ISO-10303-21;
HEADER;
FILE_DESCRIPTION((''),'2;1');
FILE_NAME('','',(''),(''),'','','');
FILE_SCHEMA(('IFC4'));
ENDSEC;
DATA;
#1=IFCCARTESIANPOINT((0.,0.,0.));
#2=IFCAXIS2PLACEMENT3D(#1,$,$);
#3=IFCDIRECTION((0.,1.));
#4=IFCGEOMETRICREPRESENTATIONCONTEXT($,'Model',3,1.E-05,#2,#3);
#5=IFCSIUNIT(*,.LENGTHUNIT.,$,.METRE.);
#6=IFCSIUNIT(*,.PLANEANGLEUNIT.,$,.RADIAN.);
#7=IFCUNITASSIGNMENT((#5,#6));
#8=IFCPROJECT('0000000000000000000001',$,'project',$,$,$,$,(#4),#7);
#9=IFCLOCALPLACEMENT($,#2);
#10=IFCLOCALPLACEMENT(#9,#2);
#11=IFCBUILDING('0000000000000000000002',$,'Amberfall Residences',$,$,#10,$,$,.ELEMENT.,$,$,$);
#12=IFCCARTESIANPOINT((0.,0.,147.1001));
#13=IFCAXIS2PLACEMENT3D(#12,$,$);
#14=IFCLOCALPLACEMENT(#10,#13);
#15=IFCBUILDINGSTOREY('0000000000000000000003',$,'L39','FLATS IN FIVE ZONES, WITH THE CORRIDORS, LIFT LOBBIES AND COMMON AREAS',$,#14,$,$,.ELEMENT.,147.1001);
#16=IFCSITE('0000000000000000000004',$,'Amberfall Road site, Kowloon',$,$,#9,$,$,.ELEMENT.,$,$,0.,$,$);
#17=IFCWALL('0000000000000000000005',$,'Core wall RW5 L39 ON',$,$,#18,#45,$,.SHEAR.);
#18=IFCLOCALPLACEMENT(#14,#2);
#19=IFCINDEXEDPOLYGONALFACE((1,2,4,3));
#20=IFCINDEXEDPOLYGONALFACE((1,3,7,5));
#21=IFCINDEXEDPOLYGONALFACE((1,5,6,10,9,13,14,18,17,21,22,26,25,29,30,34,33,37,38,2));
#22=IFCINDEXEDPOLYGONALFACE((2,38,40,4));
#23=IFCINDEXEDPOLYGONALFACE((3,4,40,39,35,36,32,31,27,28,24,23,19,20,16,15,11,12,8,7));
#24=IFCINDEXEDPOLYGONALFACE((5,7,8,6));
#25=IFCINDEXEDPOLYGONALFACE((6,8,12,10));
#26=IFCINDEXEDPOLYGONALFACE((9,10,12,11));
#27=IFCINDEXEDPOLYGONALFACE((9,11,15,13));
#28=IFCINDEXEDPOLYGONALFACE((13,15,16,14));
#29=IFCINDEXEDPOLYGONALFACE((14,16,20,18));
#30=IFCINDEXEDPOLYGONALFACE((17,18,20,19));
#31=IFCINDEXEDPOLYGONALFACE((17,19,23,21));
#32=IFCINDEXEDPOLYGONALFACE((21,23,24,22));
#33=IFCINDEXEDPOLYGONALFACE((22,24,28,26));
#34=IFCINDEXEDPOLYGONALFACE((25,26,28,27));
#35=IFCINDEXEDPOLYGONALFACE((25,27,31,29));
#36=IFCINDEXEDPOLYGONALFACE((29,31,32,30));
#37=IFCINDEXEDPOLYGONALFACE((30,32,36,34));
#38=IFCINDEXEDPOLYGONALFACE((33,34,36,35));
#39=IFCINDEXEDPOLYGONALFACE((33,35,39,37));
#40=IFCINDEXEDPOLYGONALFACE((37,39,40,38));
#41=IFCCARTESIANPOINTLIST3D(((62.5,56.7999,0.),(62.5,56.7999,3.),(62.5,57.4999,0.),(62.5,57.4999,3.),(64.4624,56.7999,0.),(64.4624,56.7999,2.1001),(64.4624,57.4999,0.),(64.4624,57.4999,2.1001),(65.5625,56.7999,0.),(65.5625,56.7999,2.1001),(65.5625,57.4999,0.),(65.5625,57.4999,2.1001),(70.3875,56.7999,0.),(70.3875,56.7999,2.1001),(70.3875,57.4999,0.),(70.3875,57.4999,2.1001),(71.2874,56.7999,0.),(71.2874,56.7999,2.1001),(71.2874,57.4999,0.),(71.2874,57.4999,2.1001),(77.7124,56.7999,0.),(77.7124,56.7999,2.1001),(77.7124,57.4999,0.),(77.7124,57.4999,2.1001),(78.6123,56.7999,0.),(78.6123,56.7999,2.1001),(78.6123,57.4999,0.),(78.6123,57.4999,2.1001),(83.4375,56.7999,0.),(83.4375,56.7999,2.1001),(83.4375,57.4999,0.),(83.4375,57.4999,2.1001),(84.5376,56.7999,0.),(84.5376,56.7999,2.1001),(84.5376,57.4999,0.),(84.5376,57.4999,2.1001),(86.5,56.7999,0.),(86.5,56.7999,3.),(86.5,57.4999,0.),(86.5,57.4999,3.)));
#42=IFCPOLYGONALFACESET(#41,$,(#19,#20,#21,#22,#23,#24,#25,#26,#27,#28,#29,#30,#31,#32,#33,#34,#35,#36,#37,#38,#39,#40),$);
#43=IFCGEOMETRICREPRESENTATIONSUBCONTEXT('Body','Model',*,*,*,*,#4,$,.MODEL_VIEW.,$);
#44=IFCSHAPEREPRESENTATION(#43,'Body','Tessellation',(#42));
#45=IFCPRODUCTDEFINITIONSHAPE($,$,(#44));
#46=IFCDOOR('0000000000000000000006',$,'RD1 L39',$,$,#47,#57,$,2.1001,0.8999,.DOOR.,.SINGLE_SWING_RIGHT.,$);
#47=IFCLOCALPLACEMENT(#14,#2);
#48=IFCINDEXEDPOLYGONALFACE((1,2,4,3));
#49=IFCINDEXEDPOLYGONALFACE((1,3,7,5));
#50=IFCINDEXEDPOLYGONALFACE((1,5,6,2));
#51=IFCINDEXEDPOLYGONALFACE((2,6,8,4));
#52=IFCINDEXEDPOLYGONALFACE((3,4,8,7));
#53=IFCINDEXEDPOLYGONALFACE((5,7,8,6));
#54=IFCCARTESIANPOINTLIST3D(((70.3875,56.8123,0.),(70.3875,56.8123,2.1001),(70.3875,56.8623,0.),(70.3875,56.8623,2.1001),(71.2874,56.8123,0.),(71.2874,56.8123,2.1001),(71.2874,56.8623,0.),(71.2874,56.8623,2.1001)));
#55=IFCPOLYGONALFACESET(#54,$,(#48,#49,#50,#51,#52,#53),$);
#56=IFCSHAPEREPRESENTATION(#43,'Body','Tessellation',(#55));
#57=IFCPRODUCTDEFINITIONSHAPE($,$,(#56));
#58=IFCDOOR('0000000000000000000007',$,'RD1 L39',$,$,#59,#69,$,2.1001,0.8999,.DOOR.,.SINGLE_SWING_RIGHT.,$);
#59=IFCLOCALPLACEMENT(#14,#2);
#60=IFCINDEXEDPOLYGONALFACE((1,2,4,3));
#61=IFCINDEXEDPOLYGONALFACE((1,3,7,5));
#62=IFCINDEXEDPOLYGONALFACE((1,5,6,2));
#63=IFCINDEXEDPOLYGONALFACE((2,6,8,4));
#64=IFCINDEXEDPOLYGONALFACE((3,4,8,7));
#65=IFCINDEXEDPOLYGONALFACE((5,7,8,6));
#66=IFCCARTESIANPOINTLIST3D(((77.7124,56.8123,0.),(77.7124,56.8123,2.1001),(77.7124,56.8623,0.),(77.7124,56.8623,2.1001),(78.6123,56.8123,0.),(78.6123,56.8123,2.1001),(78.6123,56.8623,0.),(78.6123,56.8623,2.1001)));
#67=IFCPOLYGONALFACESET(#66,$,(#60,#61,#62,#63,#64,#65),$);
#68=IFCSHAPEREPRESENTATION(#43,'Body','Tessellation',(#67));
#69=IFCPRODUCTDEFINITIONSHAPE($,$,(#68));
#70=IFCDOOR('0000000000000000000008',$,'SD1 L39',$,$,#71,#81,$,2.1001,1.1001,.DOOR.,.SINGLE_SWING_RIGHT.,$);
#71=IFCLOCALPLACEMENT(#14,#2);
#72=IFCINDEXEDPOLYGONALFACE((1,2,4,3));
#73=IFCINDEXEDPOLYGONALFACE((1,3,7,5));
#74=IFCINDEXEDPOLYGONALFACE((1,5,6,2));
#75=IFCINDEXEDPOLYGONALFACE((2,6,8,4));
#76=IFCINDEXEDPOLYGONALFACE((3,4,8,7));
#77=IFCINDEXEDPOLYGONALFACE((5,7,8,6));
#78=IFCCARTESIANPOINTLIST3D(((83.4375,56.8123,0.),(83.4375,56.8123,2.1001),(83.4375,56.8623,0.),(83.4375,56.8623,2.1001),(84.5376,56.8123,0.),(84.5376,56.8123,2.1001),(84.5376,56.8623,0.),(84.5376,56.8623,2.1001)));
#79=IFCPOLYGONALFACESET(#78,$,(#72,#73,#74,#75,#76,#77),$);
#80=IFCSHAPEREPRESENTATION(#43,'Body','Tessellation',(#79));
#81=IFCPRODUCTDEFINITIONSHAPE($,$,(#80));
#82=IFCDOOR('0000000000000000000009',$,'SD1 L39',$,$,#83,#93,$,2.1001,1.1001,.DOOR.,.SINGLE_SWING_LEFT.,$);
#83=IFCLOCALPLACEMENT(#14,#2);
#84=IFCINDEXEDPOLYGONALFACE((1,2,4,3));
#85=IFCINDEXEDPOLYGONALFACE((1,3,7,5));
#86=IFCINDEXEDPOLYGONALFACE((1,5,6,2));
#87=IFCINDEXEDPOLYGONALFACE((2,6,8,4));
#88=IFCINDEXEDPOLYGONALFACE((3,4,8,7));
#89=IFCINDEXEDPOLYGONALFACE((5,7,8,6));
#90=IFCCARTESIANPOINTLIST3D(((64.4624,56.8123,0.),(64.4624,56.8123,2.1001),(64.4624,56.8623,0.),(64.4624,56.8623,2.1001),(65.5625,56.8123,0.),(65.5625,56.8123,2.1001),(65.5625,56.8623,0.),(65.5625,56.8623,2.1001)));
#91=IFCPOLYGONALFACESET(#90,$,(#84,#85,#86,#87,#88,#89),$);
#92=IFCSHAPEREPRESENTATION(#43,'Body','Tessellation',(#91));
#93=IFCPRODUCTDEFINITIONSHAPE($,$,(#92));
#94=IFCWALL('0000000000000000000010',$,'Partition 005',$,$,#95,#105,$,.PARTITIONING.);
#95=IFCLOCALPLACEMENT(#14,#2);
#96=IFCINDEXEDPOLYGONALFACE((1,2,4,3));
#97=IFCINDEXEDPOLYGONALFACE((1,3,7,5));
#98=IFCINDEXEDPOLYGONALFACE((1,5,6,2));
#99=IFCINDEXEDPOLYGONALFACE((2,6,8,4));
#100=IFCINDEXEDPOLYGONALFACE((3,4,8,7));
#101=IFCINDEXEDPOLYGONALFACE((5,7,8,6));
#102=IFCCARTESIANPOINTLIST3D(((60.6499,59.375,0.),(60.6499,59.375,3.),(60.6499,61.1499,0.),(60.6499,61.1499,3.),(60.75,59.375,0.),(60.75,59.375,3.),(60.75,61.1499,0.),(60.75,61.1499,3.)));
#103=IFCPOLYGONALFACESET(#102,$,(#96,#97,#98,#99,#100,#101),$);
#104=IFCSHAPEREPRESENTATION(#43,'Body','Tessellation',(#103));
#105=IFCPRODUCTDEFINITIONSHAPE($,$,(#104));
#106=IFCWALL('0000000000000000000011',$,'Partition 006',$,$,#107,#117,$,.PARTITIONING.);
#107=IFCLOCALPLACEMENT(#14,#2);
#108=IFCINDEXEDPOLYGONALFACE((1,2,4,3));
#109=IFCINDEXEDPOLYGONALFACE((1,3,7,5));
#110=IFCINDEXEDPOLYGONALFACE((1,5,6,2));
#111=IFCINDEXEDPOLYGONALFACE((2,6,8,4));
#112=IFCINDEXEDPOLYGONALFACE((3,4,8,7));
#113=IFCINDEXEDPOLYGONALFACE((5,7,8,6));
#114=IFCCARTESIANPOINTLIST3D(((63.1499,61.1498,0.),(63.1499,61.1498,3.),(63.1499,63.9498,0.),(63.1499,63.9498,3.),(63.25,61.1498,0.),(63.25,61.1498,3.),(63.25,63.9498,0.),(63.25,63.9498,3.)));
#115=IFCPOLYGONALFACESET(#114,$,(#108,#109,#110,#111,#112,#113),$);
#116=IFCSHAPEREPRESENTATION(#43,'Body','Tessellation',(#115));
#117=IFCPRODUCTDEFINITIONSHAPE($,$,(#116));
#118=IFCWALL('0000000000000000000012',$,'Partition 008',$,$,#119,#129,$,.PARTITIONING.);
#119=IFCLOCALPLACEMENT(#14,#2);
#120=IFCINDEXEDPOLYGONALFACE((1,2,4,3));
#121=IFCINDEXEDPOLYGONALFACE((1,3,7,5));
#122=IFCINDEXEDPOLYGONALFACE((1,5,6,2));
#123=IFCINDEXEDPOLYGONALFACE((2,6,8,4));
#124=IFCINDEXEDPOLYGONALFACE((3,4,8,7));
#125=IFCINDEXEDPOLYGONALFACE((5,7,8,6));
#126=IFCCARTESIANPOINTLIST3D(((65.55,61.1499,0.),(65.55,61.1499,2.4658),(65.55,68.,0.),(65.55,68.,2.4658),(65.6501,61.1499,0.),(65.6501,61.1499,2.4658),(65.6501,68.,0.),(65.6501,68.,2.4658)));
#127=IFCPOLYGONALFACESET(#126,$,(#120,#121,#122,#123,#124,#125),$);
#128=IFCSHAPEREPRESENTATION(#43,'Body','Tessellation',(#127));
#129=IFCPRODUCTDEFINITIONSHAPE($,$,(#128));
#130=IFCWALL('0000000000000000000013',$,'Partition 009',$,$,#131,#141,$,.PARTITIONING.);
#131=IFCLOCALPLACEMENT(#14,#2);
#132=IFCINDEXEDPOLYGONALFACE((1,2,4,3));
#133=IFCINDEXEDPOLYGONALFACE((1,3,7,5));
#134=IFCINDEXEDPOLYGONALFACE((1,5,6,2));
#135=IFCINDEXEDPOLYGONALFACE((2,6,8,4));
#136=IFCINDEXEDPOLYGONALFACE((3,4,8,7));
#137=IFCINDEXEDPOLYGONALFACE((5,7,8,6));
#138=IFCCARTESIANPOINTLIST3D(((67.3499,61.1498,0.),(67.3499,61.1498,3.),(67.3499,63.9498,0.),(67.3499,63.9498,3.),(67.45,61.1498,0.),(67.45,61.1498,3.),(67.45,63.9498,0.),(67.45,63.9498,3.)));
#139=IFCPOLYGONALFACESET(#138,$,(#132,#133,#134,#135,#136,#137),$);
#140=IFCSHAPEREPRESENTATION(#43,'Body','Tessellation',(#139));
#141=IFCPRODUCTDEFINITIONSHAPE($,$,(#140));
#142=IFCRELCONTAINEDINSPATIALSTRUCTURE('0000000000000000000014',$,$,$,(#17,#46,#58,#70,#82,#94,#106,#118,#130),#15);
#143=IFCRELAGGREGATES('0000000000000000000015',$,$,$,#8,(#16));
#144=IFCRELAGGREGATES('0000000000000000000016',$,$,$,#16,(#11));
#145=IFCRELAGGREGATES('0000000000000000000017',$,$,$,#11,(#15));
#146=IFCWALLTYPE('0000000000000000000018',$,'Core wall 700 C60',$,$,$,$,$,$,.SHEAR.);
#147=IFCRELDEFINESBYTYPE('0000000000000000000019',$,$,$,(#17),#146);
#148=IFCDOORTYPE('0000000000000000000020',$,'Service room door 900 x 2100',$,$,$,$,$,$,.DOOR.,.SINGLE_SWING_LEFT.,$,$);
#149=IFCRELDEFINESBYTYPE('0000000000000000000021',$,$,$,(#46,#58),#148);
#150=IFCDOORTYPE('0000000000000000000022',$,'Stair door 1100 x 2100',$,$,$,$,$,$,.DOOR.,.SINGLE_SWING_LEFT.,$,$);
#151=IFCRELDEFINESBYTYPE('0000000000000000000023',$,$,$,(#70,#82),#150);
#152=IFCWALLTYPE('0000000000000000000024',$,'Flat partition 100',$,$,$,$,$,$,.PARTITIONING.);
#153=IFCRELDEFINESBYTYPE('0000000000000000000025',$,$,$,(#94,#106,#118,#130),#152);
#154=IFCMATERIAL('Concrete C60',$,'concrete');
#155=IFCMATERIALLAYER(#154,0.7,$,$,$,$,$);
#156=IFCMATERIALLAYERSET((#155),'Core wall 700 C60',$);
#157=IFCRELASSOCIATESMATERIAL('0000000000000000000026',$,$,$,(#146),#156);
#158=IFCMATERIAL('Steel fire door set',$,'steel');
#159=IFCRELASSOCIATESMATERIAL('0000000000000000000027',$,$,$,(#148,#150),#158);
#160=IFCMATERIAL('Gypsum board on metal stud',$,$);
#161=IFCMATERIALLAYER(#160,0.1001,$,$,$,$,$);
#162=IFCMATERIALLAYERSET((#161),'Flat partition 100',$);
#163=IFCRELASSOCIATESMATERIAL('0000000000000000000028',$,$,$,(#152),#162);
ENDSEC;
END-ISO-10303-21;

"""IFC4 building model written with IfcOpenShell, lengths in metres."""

from ifc_helpers import new_model, si_unit, direction, frame, frame_2d, origin, place, context, subcontext, project, spatial, rectangle, extrude, material, layer, layer_set, type_object, element, fill, save


model = new_model("IFC4")

# Units and contexts
model_context = context("Model", 3, precision=1e-05, world=origin(), true_north=direction((0.0, 1.0)))
body_context = subcontext(model_context, "Body", "Model", "MODEL_VIEW")
ifc_project = project(units=[si_unit("LENGTHUNIT", "METRE"), si_unit("PLANEANGLEUNIT", "RADIAN")], contexts=[model_context])

# Site, building, storey
site_placement = place(None, origin())
site = spatial("IfcSite", under=ifc_project, at=site_placement, Name="Amberfall Road site, Kowloon", CompositionType="ELEMENT", RefElevation=0.0)
building_placement = place(site_placement, origin())
building = spatial("IfcBuilding", under=site, at=building_placement, Name="Amberfall Residences", CompositionType="ELEMENT")
storey_placement = place(building_placement, frame((0.0, 0.0, 147.1001)))
storey = spatial("IfcBuildingStorey", under=building, at=storey_placement, Name="L39", Description="FLATS IN FIVE ZONES, WITH THE CORRIDORS, LIFT LOBBIES AND COMMON AREAS", CompositionType="ELEMENT", Elevation=147.1001)

# Wall, openings, doors
ifc_material_1 = material(Name="Concrete C60", Category="concrete")
ifc_layer_1 = layer(ifc_material_1, 0.7)
ifc_layer_set_1 = layer_set([ifc_layer_1], Name="Core wall 700 C60")
wall_type_1 = type_object("IfcWallType", Name="Core wall 700 C60", PredefinedType="SHEAR", material=ifc_layer_set_1)
wall_1_placement = place(storey_placement, frame((62.5, 57.1499, 0.0), z_axis=(0.0, 0.0, 1.0), x_axis=(1.0, 0.0, 0.0)))
wall_1 = element("IfcWall", 1, at=wall_1_placement, inside=storey, type_object=wall_type_1, Name="Core wall RW5 L39 ON", PredefinedType="SHEAR", context=body_context, shape_type="SweptSolid", body=[
    extrude(rectangle(XDim=24.0, YDim=0.7, at=frame_2d((12.0, 0.0))), origin(), (0.0, 0.0, 1.0), 3.0),
])
opening_1_placement = place(wall_1_placement, frame((20.9375, 0.0, 0.0)))
opening_1 = element("IfcOpeningElement", 2, at=opening_1_placement, cuts=wall_1, PredefinedType="OPENING", context=body_context, shape_type="SweptSolid", body=[
    extrude(rectangle(XDim=1.1001, YDim=2.1001, at=frame_2d((0.55, 1.05))), frame((0.0, 0.3599, 0.0), z_axis=(0.0, -1.0, 0.0), x_axis=(1.0, 0.0, 0.0)), (0.0, 0.0, 1.0), 0.72),
])
opening_2_placement = place(wall_1_placement, frame((1.9624, 0.0, 0.0)))
opening_2 = element("IfcOpeningElement", 3, at=opening_2_placement, cuts=wall_1, PredefinedType="OPENING", context=body_context, shape_type="SweptSolid", body=[
    extrude(rectangle(XDim=1.1001, YDim=2.1001, at=frame_2d((0.55, 1.05))), frame((0.0, 0.3599, 0.0), z_axis=(0.0, -1.0, 0.0), x_axis=(1.0, 0.0, 0.0)), (0.0, 0.0, 1.0), 0.72),
])
opening_3_placement = place(wall_1_placement, frame((7.8875, 0.0, 0.0)))
opening_3 = element("IfcOpeningElement", 4, at=opening_3_placement, cuts=wall_1, PredefinedType="OPENING", context=body_context, shape_type="SweptSolid", body=[
    extrude(rectangle(XDim=0.8999, YDim=2.1001, at=frame_2d((0.45, 1.05))), frame((0.0, 0.3599, 0.0), z_axis=(0.0, -1.0, 0.0), x_axis=(1.0, 0.0, 0.0)), (0.0, 0.0, 1.0), 0.72),
])
opening_4_placement = place(wall_1_placement, frame((15.2124, 0.0, 0.0)))
opening_4 = element("IfcOpeningElement", 5, at=opening_4_placement, cuts=wall_1, PredefinedType="OPENING", context=body_context, shape_type="SweptSolid", body=[
    extrude(rectangle(XDim=0.8999, YDim=2.1001, at=frame_2d((0.45, 1.05))), frame((0.0, 0.3599, 0.0), z_axis=(0.0, -1.0, 0.0), x_axis=(1.0, 0.0, 0.0)), (0.0, 0.0, 1.0), 0.72),
])
ifc_material_2 = material(Name="Steel fire door set", Category="steel")
door_type_1 = type_object("IfcDoorType", Name="Service room door 900 x 2100", OperationType="SINGLE_SWING_LEFT", PredefinedType="DOOR", material=ifc_material_2)
door_1_placement = place(opening_3_placement, origin())
door_1 = element("IfcDoor", 6, at=door_1_placement, inside=storey, type_object=door_type_1, Name="RD1 L39", OperationType="SINGLE_SWING_RIGHT", OverallHeight=2.1001, OverallWidth=0.8999, PredefinedType="DOOR", context=body_context, shape_type="SweptSolid", body=[
    extrude(rectangle(XDim=0.8999, YDim=2.1001, at=frame_2d((0.45, 1.05))), frame((0.0, -0.2876, 0.0), z_axis=(0.0, -1.0, 0.0), x_axis=(1.0, 0.0, 0.0)), (0.0, 0.0, 1.0), 0.05),
])
fill(opening_3, door_1)
door_2_placement = place(opening_4_placement, origin())
door_2 = element("IfcDoor", 7, at=door_2_placement, inside=storey, type_object=door_type_1, Name="RD1 L39", OperationType="SINGLE_SWING_RIGHT", OverallHeight=2.1001, OverallWidth=0.8999, PredefinedType="DOOR", context=body_context, shape_type="SweptSolid", body=[
    extrude(rectangle(XDim=0.8999, YDim=2.1001, at=frame_2d((0.45, 1.05))), frame((0.0, -0.2876, 0.0), z_axis=(0.0, -1.0, 0.0), x_axis=(1.0, 0.0, 0.0)), (0.0, 0.0, 1.0), 0.05),
])
fill(opening_4, door_2)
door_type_2 = type_object("IfcDoorType", Name="Stair door 1100 x 2100", OperationType="SINGLE_SWING_LEFT", PredefinedType="DOOR", material=ifc_material_2)
door_3_placement = place(opening_1_placement, origin())
door_3 = element("IfcDoor", 8, at=door_3_placement, inside=storey, type_object=door_type_2, Name="SD1 L39", OperationType="SINGLE_SWING_RIGHT", OverallHeight=2.1001, OverallWidth=1.1001, PredefinedType="DOOR", context=body_context, shape_type="SweptSolid", body=[
    extrude(rectangle(XDim=1.1001, YDim=2.1001, at=frame_2d((0.55, 1.05))), frame((0.0, -0.2876, 0.0), z_axis=(0.0, -1.0, 0.0), x_axis=(1.0, 0.0, 0.0)), (0.0, 0.0, 1.0), 0.05),
])
fill(opening_1, door_3)
door_4_placement = place(opening_2_placement, origin())
door_4 = element("IfcDoor", 9, at=door_4_placement, inside=storey, type_object=door_type_2, Name="SD1 L39", OperationType="SINGLE_SWING_LEFT", OverallHeight=2.1001, OverallWidth=1.1001, PredefinedType="DOOR", context=body_context, shape_type="SweptSolid", body=[
    extrude(rectangle(XDim=1.1001, YDim=2.1001, at=frame_2d((0.55, 1.05))), frame((0.0, -0.2876, 0.0), z_axis=(0.0, -1.0, 0.0), x_axis=(1.0, 0.0, 0.0)), (0.0, 0.0, 1.0), 0.05),
])
fill(opening_2, door_4)

# Walls
ifc_material_3 = material(Name="Gypsum board on metal stud")
ifc_layer_2 = layer(ifc_material_3, 0.1001)
ifc_layer_set_2 = layer_set([ifc_layer_2], Name="Flat partition 100")
wall_type_2 = type_object("IfcWallType", Name="Flat partition 100", PredefinedType="PARTITIONING", material=ifc_layer_set_2)
wall_2_placement = place(storey_placement, frame((60.7, 59.375, 0.0), z_axis=(0.0, 0.0, 1.0), x_axis=(0.0, 1.0, 0.0)))
element("IfcWall", 10, at=wall_2_placement, inside=storey, type_object=wall_type_2, Name="Partition 005", PredefinedType="PARTITIONING", context=body_context, shape_type="SweptSolid", body=[
    extrude(rectangle(XDim=1.7749, YDim=0.1001, at=frame_2d((0.8875, 0.0))), origin(), (0.0, 0.0, 1.0), 3.0),
])
wall_3_placement = place(storey_placement, frame((63.2, 61.1499, 0.0), z_axis=(0.0, 0.0, 1.0), x_axis=(0.0, 1.0, 0.0)))
element("IfcWall", 11, at=wall_3_placement, inside=storey, type_object=wall_type_2, Name="Partition 006", PredefinedType="PARTITIONING", context=body_context, shape_type="SweptSolid", body=[
    extrude(rectangle(XDim=2.8, YDim=0.1001, at=frame_2d((1.3999, 0.0))), origin(), (0.0, 0.0, 1.0), 3.0),
])
wall_4_placement = place(storey_placement, frame((65.6001, 61.1499, 0.0), z_axis=(0.0, 0.0, 1.0), x_axis=(0.0, 1.0, 0.0)))
element("IfcWall", 12, at=wall_4_placement, inside=storey, type_object=wall_type_2, Name="Partition 008", PredefinedType="PARTITIONING", context=body_context, shape_type="SweptSolid", body=[
    extrude(rectangle(XDim=6.8501, YDim=0.1001, at=frame_2d((3.425, 0.0))), origin(), (0.0, 0.0, 1.0), 2.4658),
])
wall_5_placement = place(storey_placement, frame((67.3999, 61.1499, 0.0), z_axis=(0.0, 0.0, 1.0), x_axis=(0.0, 1.0, 0.0)))
element("IfcWall", 13, at=wall_5_placement, inside=storey, type_object=wall_type_2, Name="Partition 009", PredefinedType="PARTITIONING", context=body_context, shape_type="SweptSolid", body=[
    extrude(rectangle(XDim=2.8, YDim=0.1001, at=frame_2d((1.3999, 0.0))), origin(), (0.0, 0.0, 1.0), 3.0),
])

save(model, "model.ifc")
